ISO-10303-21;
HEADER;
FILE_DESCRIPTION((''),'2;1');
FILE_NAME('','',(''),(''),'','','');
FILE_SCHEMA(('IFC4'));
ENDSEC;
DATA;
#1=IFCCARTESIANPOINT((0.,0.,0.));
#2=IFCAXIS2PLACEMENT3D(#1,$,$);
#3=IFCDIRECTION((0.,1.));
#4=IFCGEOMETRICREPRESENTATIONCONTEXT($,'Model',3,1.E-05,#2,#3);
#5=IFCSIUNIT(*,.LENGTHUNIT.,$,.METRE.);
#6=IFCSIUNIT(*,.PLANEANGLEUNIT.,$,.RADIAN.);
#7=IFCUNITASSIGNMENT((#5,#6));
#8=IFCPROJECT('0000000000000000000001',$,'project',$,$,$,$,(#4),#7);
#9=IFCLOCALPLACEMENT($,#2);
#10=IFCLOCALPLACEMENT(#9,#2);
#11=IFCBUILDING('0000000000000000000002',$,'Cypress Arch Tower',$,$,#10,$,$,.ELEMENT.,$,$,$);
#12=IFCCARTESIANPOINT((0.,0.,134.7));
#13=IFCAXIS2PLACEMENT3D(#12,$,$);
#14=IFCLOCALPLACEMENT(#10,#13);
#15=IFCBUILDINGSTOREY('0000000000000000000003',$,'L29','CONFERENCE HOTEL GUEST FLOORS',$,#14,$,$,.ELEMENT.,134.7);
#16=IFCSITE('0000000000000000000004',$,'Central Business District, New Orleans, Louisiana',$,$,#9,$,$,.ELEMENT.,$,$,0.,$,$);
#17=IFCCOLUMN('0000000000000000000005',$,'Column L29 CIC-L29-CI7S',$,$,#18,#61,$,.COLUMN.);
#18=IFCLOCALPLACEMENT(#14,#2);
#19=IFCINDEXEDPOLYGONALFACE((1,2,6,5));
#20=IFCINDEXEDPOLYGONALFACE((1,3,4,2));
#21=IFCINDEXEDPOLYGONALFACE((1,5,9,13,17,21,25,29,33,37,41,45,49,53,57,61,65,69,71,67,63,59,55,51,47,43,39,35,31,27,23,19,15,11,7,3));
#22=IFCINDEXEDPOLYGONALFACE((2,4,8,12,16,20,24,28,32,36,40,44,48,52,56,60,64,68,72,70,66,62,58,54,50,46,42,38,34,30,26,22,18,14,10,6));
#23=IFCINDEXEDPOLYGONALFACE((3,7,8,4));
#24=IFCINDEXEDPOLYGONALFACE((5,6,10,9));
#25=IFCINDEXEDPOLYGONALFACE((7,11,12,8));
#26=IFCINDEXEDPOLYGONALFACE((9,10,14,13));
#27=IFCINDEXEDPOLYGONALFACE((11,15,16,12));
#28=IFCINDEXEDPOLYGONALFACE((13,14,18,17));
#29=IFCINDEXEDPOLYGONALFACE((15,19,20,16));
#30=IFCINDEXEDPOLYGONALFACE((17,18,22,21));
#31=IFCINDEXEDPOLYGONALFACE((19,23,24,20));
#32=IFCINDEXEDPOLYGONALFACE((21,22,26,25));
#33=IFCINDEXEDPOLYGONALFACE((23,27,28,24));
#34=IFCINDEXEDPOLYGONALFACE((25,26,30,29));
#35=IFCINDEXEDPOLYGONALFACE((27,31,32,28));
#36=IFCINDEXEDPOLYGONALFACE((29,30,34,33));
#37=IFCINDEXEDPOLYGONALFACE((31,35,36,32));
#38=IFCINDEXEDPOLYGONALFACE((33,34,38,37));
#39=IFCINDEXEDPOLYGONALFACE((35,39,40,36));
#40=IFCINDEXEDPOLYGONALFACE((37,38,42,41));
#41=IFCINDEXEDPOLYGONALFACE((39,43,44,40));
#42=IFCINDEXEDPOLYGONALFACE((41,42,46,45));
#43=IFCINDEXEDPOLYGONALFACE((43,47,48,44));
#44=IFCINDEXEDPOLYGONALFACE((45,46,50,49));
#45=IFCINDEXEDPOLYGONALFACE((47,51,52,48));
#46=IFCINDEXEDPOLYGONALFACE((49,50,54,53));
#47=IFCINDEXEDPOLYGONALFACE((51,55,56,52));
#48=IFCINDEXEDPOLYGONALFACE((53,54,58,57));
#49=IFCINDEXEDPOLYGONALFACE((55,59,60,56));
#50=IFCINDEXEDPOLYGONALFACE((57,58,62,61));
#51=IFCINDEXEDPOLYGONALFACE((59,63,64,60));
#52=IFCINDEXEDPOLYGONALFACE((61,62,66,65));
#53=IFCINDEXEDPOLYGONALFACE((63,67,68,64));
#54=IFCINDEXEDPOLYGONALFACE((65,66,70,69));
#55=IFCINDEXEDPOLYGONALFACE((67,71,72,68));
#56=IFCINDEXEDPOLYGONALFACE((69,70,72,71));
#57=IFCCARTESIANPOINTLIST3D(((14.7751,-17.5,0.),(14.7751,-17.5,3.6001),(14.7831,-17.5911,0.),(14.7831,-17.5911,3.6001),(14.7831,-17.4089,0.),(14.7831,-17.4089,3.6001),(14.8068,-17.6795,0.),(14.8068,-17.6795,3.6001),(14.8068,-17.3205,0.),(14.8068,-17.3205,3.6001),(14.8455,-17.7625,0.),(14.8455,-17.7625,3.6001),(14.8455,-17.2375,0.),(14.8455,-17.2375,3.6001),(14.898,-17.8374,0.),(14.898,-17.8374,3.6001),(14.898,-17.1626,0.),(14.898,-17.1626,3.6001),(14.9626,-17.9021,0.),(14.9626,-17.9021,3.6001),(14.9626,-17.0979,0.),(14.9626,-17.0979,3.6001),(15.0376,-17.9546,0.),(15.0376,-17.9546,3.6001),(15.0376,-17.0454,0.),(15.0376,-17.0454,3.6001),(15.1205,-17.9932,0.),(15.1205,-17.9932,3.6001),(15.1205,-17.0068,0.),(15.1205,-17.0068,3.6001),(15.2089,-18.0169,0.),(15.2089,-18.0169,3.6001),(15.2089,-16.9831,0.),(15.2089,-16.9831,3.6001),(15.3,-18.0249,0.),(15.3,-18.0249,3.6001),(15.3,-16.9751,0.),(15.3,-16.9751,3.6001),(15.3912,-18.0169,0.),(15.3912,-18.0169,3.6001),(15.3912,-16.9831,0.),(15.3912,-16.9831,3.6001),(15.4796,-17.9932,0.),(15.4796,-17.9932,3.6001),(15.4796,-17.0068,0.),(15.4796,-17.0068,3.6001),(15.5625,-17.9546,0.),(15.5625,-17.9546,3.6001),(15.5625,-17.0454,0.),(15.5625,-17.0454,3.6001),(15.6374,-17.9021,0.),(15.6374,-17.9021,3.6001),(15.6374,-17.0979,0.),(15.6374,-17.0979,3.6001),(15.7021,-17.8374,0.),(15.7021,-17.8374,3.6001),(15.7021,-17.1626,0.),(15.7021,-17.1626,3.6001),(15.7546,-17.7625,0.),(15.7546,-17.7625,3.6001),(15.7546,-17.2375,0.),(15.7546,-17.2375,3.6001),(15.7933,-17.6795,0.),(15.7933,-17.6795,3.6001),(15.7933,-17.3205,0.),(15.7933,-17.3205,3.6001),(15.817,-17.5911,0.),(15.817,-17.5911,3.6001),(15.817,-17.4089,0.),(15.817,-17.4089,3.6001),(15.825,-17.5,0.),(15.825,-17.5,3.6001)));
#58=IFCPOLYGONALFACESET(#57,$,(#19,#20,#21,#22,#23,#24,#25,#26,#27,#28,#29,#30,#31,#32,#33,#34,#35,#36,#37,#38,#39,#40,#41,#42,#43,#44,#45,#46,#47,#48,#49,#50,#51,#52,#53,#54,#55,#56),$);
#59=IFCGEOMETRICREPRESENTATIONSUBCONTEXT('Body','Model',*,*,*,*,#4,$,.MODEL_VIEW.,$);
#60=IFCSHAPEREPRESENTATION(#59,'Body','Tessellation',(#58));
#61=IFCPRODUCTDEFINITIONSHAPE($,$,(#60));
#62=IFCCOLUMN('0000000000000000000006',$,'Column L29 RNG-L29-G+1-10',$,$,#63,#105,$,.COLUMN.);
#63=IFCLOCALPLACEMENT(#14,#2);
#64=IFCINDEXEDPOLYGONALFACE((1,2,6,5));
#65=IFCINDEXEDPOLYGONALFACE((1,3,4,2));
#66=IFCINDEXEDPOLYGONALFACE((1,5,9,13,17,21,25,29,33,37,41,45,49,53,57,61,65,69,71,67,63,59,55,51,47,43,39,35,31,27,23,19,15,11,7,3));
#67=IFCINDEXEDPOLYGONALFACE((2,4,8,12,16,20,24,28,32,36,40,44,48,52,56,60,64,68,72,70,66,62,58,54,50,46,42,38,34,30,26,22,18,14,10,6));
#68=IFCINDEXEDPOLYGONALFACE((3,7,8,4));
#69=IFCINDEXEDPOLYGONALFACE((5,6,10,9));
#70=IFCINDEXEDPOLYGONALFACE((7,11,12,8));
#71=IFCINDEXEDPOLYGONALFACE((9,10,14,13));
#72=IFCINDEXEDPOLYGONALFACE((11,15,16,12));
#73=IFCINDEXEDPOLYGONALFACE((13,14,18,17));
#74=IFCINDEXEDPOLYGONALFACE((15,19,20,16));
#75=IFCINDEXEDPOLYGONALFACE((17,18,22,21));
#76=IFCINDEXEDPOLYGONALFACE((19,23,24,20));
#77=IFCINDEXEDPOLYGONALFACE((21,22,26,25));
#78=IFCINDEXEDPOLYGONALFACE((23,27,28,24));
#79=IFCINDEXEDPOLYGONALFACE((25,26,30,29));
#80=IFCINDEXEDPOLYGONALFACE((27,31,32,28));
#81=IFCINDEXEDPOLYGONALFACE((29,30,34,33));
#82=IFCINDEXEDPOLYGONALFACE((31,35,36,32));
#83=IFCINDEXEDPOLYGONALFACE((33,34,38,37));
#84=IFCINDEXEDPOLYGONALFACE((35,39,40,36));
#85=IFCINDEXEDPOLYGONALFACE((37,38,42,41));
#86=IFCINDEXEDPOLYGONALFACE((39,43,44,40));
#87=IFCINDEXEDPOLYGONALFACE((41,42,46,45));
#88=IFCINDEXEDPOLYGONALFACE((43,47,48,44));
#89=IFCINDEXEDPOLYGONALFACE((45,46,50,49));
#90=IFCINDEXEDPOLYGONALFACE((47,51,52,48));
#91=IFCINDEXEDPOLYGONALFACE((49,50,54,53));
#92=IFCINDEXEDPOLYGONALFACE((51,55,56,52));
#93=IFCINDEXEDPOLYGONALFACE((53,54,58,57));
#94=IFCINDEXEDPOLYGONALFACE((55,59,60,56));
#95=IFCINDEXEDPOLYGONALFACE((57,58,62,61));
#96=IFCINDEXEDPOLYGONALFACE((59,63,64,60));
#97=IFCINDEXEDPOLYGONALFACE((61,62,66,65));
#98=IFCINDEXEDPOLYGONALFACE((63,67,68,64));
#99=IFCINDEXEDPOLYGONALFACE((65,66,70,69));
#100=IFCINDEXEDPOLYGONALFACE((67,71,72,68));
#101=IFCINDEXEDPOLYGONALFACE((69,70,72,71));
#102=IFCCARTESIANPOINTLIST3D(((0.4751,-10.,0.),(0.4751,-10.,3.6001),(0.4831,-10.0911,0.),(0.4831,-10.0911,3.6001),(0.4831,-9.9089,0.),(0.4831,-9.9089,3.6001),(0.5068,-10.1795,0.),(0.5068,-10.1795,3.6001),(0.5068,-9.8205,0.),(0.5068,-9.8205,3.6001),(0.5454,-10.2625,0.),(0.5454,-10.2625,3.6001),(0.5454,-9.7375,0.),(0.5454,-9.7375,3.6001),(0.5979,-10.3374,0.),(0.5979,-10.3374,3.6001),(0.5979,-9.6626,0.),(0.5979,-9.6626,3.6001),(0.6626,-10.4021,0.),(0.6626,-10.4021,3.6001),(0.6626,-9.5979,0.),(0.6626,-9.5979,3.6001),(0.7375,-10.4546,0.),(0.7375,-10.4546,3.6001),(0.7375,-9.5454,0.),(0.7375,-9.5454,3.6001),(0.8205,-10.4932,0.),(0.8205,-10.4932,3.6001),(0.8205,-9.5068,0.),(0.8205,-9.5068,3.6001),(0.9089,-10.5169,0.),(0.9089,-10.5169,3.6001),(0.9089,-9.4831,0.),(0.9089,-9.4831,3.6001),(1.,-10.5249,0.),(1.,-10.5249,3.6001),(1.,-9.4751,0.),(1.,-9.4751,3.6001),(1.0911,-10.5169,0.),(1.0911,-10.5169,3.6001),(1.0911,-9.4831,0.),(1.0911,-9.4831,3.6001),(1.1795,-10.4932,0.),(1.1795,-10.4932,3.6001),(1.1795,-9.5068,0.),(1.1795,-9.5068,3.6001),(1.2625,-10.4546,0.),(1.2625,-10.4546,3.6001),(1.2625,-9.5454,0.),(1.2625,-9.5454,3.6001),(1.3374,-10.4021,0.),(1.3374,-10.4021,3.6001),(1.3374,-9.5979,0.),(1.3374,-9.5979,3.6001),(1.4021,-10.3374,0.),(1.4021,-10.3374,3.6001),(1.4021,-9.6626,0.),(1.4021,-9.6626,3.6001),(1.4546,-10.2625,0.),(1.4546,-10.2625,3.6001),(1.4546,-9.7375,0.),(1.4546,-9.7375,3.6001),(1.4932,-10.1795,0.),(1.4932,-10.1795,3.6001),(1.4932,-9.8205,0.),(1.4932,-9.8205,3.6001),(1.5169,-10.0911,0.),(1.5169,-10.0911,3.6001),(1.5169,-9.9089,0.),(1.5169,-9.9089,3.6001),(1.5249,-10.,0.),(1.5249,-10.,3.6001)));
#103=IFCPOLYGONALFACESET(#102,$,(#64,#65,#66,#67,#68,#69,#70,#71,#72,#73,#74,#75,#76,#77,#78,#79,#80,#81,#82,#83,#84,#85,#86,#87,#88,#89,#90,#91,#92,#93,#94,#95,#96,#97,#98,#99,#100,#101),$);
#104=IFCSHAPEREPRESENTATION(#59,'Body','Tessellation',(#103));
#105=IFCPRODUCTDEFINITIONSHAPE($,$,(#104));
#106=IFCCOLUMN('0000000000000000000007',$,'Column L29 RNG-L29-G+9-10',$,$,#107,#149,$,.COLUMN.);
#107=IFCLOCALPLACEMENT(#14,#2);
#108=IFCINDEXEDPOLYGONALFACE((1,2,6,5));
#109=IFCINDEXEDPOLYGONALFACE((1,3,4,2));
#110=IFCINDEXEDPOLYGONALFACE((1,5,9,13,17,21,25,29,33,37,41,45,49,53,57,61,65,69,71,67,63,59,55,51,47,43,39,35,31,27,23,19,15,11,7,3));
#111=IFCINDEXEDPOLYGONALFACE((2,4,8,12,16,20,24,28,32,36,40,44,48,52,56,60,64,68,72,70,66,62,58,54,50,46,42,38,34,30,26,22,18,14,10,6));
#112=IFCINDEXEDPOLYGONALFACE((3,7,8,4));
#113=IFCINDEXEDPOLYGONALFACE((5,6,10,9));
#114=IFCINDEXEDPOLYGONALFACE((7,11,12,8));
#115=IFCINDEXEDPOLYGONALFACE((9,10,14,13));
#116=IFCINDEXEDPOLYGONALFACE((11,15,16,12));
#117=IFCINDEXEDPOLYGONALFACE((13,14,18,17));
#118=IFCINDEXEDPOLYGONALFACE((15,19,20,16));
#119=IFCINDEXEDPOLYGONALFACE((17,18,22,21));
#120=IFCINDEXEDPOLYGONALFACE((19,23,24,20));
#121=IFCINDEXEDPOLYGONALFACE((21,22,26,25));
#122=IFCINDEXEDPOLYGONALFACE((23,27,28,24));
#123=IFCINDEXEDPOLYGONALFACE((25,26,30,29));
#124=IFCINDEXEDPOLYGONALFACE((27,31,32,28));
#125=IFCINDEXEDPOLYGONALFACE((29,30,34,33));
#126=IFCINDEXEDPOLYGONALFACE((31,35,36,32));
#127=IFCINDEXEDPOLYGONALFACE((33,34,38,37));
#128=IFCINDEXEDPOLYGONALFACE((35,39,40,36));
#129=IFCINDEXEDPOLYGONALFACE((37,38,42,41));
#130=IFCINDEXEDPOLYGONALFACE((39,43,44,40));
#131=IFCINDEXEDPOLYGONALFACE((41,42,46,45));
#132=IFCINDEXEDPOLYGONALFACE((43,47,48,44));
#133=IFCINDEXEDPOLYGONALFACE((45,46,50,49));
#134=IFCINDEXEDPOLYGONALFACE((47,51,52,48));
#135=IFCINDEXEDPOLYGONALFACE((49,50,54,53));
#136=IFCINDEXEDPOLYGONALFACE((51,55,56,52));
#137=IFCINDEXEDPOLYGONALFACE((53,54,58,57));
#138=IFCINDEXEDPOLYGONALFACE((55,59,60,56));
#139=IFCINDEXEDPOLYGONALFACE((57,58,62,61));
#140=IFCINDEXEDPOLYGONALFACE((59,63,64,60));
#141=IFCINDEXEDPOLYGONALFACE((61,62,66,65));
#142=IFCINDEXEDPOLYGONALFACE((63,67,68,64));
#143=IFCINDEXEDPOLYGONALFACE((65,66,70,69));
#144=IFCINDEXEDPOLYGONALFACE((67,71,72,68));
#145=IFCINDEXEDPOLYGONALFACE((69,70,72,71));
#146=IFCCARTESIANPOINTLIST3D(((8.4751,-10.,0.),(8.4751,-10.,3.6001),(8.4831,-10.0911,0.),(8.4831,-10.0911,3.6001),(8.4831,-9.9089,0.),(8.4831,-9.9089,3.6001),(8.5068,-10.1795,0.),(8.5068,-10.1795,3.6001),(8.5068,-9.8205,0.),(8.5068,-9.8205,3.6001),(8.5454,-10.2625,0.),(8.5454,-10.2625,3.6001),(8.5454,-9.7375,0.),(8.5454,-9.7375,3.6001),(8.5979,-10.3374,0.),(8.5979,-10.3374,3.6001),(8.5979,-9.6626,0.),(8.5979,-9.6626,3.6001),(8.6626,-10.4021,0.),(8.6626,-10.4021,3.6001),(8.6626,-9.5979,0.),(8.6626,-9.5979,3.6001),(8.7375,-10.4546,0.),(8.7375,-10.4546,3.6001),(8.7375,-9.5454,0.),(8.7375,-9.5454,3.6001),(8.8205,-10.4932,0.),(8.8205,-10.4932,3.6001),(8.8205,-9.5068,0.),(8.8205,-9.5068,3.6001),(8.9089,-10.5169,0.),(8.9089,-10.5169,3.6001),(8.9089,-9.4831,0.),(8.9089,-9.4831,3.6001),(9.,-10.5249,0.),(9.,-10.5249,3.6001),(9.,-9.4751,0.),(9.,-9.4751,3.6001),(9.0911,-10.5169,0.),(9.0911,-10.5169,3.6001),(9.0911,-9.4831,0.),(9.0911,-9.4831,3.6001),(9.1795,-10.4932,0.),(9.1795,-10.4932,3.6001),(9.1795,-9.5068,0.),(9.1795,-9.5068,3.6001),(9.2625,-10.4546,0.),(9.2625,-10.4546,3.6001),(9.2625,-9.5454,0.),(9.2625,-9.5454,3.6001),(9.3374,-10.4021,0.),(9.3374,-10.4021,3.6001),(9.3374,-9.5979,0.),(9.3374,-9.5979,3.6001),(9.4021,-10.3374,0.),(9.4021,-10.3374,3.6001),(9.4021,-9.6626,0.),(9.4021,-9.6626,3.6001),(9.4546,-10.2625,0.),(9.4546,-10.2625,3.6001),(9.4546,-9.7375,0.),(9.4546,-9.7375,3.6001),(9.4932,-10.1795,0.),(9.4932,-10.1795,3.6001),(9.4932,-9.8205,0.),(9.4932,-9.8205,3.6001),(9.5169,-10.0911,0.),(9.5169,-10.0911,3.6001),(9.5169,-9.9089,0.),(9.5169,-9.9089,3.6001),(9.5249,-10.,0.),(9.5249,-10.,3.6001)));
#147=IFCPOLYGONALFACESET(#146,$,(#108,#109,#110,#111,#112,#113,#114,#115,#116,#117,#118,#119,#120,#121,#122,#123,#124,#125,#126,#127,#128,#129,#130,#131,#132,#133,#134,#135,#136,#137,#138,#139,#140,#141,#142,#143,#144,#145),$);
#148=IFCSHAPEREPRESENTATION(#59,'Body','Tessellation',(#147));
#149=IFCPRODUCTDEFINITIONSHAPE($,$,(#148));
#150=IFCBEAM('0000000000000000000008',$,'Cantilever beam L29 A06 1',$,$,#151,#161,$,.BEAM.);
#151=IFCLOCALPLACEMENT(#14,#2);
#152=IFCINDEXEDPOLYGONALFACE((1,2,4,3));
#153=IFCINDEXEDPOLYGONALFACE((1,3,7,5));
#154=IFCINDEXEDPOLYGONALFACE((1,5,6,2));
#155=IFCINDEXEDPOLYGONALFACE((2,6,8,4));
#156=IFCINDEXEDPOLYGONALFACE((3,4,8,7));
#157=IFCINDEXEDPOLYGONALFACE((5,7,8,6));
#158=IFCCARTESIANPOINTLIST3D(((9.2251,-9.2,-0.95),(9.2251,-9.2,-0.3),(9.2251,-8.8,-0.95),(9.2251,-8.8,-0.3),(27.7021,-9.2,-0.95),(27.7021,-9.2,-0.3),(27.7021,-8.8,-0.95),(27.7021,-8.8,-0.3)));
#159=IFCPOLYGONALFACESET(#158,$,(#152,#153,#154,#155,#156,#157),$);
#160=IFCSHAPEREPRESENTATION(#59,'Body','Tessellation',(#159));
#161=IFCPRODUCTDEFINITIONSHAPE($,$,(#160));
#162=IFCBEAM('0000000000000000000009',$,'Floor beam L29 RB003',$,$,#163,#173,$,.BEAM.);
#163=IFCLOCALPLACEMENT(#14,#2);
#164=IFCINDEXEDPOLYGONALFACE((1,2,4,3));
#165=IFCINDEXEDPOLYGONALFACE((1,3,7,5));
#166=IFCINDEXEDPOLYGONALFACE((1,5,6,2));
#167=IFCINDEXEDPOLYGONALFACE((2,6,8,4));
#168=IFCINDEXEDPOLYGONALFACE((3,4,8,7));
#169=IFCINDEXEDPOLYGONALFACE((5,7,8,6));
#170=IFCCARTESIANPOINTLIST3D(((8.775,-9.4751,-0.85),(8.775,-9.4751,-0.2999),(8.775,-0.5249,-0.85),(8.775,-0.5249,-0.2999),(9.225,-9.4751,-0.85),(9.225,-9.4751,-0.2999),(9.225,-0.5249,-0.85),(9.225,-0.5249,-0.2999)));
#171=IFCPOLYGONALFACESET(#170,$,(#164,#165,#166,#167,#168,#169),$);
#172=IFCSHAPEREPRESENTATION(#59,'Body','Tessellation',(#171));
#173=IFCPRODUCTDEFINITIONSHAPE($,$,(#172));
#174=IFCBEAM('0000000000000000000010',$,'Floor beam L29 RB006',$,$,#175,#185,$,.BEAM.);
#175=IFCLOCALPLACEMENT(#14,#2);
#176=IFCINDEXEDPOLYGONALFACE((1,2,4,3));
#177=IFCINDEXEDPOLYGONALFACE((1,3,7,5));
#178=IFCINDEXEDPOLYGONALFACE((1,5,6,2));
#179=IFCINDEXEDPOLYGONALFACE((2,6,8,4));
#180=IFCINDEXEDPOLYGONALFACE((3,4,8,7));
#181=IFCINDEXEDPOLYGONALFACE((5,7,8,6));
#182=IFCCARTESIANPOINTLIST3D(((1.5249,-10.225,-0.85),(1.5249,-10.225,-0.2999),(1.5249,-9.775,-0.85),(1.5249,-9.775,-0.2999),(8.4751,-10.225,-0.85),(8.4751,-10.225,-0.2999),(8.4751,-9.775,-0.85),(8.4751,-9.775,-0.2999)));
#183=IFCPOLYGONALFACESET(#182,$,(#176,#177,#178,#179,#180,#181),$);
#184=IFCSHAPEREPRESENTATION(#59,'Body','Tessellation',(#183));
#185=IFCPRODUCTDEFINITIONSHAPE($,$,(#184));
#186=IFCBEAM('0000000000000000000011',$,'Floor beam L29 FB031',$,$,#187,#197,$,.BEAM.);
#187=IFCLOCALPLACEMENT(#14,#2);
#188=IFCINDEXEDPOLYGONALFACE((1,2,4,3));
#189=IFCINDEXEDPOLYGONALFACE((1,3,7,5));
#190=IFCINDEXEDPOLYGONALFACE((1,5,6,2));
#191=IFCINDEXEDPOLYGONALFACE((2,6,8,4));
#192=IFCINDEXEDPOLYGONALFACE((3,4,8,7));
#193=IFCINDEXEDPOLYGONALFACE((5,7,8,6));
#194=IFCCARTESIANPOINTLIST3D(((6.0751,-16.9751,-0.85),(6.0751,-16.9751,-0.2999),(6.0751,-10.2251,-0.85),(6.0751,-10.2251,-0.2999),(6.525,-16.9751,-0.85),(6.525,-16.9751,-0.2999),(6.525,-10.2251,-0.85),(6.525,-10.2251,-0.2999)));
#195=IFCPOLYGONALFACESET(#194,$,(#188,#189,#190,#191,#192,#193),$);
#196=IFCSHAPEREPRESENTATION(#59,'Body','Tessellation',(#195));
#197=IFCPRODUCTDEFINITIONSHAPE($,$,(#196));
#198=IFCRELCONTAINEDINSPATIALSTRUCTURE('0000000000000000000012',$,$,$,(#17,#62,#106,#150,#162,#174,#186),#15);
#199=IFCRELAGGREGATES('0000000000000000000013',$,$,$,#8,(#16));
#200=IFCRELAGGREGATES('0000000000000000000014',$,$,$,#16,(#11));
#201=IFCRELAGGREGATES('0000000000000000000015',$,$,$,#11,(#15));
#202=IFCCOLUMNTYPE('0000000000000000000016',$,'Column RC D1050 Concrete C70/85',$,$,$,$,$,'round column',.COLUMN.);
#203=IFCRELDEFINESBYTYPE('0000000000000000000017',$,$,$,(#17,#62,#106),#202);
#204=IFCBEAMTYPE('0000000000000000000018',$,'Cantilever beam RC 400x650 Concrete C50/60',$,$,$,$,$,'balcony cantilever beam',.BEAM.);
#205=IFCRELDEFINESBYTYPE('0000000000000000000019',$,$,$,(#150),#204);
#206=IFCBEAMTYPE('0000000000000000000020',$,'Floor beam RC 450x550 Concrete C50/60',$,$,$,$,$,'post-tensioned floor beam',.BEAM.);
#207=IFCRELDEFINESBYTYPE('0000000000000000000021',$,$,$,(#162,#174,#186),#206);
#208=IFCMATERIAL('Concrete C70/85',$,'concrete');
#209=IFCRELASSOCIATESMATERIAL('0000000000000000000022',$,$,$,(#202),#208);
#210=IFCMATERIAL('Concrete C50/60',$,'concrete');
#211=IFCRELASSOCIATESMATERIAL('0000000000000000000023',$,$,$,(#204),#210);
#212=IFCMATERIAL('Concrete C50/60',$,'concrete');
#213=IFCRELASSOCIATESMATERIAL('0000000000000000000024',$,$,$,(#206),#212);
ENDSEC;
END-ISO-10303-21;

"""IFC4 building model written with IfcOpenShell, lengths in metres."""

from ifc_helpers import new_model, si_unit, direction, frame, origin, origin_2d, place, context, subcontext, project, spatial, rectangle, circle, extrude, material, material_profile, profile_set, type_object, element, save


model = new_model("IFC4")

# Units and contexts
model_context = context("Model", 3, precision=1e-05, world=origin(), true_north=direction((0.0, 1.0)))
body_context = subcontext(model_context, "Body", "Model", "MODEL_VIEW")
ifc_project = project(units=[si_unit("LENGTHUNIT", "METRE"), si_unit("PLANEANGLEUNIT", "RADIAN")], contexts=[model_context])

# Site, building, storey
site_placement = place(None, origin())
site = spatial("IfcSite", under=ifc_project, at=site_placement, Name="Central Business District, New Orleans, Louisiana", CompositionType="ELEMENT", RefElevation=0.0)
building_placement = place(site_placement, origin())
building = spatial("IfcBuilding", under=site, at=building_placement, Name="Cypress Arch Tower", CompositionType="ELEMENT")
storey_placement = place(building_placement, frame((0.0, 0.0, 134.7)))
storey = spatial("IfcBuildingStorey", under=building, at=storey_placement, Name="L29", Description="CONFERENCE HOTEL GUEST FLOORS", CompositionType="ELEMENT", Elevation=134.7)

# Columns
ifc_material_1 = material(Name="Concrete C70/85", Category="concrete")
ifc_material_profile_1 = material_profile(ifc_material_1, circle(Radius=0.5249, at=origin_2d()), Name="RC D1050")
ifc_profile_set_1 = profile_set([ifc_material_profile_1], Name="Concrete C70/85")
column_type = type_object("IfcColumnType", Name="Column RC D1050 Concrete C70/85", ElementType="round column", PredefinedType="COLUMN", material=ifc_profile_set_1)
for number, where, z_axis, x_axis, name in (
    (1, (15.3, -17.5, 0.0), (0.0, 0.0, 1.0), (1.0, 0.0, 0.0), "Column L29 CIC-L29-CI7S"),
    (2, (1.0, -10.0, 0.0), (0.0, 0.0, 1.0), (1.0, 0.0, 0.0), "Column L29 RNG-L29-G+1-10"),
    (3, (9.0, -10.0, 0.0), (0.0, 0.0, 1.0), (1.0, 0.0, 0.0), "Column L29 RNG-L29-G+9-10"),
):
    element("IfcColumn", number, at=place(storey_placement, frame(where, z_axis=z_axis, x_axis=x_axis)), inside=storey, type_object=column_type, Name=name, PredefinedType="COLUMN", context=body_context, shape_type="SweptSolid", body=[
        extrude(circle(Radius=0.5249, at=origin_2d()), origin(), (0.0, 0.0, 1.0), 3.6001),
    ])

# Beams
ifc_material_2 = material(Name="Concrete C50/60", Category="concrete")
ifc_material_profile_2 = material_profile(ifc_material_2, rectangle(XDim=0.3999, YDim=0.6499, at=origin_2d()), Name="RC 400x650")
ifc_profile_set_2 = profile_set([ifc_material_profile_2], Name="Concrete C50/60")
beam_type_1 = type_object("IfcBeamType", Name="Cantilever beam RC 400x650 Concrete C50/60", ElementType="balcony cantilever beam", PredefinedType="BEAM", material=ifc_profile_set_2)
beam_1_placement = place(storey_placement, frame((9.2251, -9.0, -0.625), z_axis=(1.0, 0.0, 0.0), x_axis=(0.0, 1.0, 0.0)))
element("IfcBeam", 4, at=beam_1_placement, inside=storey, type_object=beam_type_1, Name="Cantilever beam L29 A06 1", PredefinedType="BEAM", context=body_context, shape_type="SweptSolid", body=[
    extrude(rectangle(XDim=0.3999, YDim=0.6499, at=origin_2d()), origin(), (0.0, 0.0, 1.0), 18.4771),
])
ifc_material_3 = material(Name="Concrete C50/60", Category="concrete")
ifc_material_profile_3 = material_profile(ifc_material_3, rectangle(XDim=0.45, YDim=0.55, at=origin_2d()), Name="RC 450x550")
ifc_profile_set_3 = profile_set([ifc_material_profile_3], Name="Concrete C50/60")
beam_type_2 = type_object("IfcBeamType", Name="Floor beam RC 450x550 Concrete C50/60", ElementType="post-tensioned floor beam", PredefinedType="BEAM", material=ifc_profile_set_3)
beam_2_placement = place(storey_placement, frame((9.0, -9.4751, -0.575), z_axis=(0.0, 1.0, 0.0), x_axis=(-1.0, 0.0, 0.0)))
element("IfcBeam", 5, at=beam_2_placement, inside=storey, type_object=beam_type_2, Name="Floor beam L29 RB003", PredefinedType="BEAM", context=body_context, shape_type="SweptSolid", body=[
    extrude(rectangle(XDim=0.45, YDim=0.55, at=origin_2d()), origin(), (0.0, 0.0, 1.0), 8.9502),
])
beam_3_placement = place(storey_placement, frame((1.5249, -10.0, -0.575), z_axis=(1.0, 0.0, 0.0), x_axis=(0.0, 1.0, 0.0)))
element("IfcBeam", 6, at=beam_3_placement, inside=storey, type_object=beam_type_2, Name="Floor beam L29 RB006", PredefinedType="BEAM", context=body_context, shape_type="SweptSolid", body=[
    extrude(rectangle(XDim=0.45, YDim=0.55, at=origin_2d()), origin(), (0.0, 0.0, 1.0), 6.9502),
])
beam_4_placement = place(storey_placement, frame((6.3, -16.9751, -0.575), z_axis=(0.0, 1.0, 0.0), x_axis=(-1.0, 0.0, 0.0)))
element("IfcBeam", 7, at=beam_4_placement, inside=storey, type_object=beam_type_2, Name="Floor beam L29 FB031", PredefinedType="BEAM", context=body_context, shape_type="SweptSolid", body=[
    extrude(rectangle(XDim=0.45, YDim=0.55, at=origin_2d()), origin(), (0.0, 0.0, 1.0), 6.75),
])

save(model, "model.ifc")
